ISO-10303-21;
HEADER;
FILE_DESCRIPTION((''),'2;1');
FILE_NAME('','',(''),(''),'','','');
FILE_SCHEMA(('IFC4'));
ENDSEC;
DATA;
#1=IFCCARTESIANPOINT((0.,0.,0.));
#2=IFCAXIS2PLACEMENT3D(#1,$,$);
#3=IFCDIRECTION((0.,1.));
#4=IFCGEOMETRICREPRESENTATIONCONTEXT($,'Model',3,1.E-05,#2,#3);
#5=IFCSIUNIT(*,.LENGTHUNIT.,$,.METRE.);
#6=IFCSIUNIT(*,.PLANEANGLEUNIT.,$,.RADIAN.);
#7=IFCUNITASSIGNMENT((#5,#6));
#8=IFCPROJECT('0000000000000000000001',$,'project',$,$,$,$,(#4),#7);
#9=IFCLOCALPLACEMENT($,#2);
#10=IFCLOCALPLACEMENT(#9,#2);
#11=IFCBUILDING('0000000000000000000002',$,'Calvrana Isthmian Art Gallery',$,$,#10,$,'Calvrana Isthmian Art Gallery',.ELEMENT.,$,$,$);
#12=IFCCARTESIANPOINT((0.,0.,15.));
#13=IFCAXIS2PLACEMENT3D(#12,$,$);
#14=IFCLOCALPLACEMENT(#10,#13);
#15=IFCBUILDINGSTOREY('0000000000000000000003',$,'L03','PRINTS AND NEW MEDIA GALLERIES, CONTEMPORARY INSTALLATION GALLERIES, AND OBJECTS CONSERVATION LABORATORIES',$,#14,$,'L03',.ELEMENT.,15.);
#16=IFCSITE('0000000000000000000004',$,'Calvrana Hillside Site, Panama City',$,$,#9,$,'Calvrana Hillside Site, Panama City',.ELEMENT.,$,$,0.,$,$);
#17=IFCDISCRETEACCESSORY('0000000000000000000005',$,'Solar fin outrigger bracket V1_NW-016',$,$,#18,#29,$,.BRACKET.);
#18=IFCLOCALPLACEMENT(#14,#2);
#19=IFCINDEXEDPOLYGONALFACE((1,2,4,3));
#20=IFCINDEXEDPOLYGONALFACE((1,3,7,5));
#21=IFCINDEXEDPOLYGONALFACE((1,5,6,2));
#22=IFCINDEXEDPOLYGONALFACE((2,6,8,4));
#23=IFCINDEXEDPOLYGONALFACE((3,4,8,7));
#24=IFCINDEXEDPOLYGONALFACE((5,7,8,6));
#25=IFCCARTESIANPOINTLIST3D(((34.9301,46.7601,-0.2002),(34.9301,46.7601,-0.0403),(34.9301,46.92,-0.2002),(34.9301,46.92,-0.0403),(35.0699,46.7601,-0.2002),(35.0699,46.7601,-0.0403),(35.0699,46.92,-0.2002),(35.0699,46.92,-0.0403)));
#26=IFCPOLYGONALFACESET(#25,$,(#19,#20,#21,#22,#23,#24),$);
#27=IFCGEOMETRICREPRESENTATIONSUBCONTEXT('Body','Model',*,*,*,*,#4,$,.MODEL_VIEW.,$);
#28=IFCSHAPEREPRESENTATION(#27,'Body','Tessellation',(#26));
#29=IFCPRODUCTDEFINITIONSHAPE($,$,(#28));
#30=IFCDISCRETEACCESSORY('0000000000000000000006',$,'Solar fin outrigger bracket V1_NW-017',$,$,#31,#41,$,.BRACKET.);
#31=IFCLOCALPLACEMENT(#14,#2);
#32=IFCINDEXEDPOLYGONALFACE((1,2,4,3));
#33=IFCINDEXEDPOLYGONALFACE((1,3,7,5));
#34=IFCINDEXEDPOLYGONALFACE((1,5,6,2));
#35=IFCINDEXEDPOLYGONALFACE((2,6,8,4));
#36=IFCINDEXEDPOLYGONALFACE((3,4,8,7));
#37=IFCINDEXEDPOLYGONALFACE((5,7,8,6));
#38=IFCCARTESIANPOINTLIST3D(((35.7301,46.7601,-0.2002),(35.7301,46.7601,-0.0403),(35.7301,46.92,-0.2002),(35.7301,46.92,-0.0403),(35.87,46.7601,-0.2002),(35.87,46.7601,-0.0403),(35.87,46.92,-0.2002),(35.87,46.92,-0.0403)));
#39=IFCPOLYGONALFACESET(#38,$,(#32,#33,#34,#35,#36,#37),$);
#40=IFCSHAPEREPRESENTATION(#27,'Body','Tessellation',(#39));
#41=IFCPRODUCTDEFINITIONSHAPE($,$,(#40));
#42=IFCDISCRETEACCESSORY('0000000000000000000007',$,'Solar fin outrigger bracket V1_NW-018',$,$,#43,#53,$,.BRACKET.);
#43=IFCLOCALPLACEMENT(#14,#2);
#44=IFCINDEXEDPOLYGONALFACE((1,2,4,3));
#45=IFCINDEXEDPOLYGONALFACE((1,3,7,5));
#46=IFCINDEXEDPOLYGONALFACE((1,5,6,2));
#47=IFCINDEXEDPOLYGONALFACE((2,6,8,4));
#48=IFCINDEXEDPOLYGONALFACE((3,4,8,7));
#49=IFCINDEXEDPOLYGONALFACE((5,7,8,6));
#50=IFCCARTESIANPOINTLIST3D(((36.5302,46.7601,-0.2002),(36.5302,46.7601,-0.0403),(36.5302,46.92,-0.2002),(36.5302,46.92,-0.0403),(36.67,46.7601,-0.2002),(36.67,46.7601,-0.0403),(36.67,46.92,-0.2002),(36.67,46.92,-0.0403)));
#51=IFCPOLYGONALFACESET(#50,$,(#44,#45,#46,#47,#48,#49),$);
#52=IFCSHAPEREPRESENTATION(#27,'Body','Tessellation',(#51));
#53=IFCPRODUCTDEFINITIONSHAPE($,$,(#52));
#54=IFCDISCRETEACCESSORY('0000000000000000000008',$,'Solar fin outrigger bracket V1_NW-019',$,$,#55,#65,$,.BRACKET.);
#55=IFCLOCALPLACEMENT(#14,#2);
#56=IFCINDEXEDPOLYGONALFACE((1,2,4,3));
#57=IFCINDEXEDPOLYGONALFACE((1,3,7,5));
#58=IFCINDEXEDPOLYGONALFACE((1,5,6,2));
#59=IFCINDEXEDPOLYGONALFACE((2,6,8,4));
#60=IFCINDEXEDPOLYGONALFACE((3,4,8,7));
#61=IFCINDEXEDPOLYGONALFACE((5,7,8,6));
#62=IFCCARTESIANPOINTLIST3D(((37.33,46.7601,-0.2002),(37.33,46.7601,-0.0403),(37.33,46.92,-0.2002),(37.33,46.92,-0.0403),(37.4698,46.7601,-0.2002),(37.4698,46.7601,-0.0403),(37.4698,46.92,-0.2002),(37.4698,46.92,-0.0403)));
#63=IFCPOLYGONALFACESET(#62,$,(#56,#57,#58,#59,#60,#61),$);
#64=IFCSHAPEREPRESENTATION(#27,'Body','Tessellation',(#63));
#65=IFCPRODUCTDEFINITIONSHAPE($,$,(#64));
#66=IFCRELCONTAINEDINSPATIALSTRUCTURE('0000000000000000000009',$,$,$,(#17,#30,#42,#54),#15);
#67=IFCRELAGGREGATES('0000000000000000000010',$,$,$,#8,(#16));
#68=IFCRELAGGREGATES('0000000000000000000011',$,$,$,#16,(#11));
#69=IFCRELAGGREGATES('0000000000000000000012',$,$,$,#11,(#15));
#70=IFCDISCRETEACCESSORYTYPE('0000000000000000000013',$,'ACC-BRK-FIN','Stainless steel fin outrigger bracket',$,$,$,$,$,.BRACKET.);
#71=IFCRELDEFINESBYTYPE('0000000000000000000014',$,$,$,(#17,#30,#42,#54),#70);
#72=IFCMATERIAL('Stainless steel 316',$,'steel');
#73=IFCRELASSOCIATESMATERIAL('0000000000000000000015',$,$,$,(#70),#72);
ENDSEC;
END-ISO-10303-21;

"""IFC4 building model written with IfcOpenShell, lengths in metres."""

from ifc_helpers import new_model, si_unit, direction, frame, origin, origin_2d, place, context, subcontext, project, spatial, rectangle, extrude, material, type_object, element, save


model = new_model("IFC4")

# Units and contexts
model_context = context("Model", 3, precision=1e-05, world=origin(), true_north=direction((0.0, 1.0)))
body_context = subcontext(model_context, "Body", "Model", "MODEL_VIEW")
ifc_project = project(units=[si_unit("LENGTHUNIT", "METRE"), si_unit("PLANEANGLEUNIT", "RADIAN")], contexts=[model_context])

# Site, building, storey
site_placement = place(None, origin())
site = spatial("IfcSite", under=ifc_project, at=site_placement, Name="Calvrana Hillside Site, Panama City", LongName="Calvrana Hillside Site, Panama City", CompositionType="ELEMENT", RefElevation=0.0)
building_placement = place(site_placement, origin())
building = spatial("IfcBuilding", under=site, at=building_placement, Name="Calvrana Isthmian Art Gallery", LongName="Calvrana Isthmian Art Gallery", CompositionType="ELEMENT")
storey_placement = place(building_placement, frame((0.0, 0.0, 15.0)))
storey = spatial("IfcBuildingStorey", under=building, at=storey_placement, Name="L03", Description="PRINTS AND NEW MEDIA GALLERIES, CONTEMPORARY INSTALLATION GALLERIES, AND OBJECTS CONSERVATION LABORATORIES", LongName="L03", CompositionType="ELEMENT", Elevation=15.0)

# Discrete accessories
ifc_material_1 = material(Name="Stainless steel 316", Category="steel")
discrete_accessory_type = type_object("IfcDiscreteAccessoryType", Name="ACC-BRK-FIN", Description="Stainless steel fin outrigger bracket", PredefinedType="BRACKET", material=ifc_material_1)
for number, where, z_axis, x_axis, name in (
    (1, (35.0, 46.8401, -0.2002), (0.0, 0.0, 1.0), (1.0, 0.0, 0.0), "Solar fin outrigger bracket V1_NW-016"),
    (2, (35.8, 46.8401, -0.2002), (0.0, 0.0, 1.0), (1.0, 0.0, 0.0), "Solar fin outrigger bracket V1_NW-017"),
    (3, (36.6001, 46.8401, -0.2002), (0.0, 0.0, 1.0), (1.0, 0.0, 0.0), "Solar fin outrigger bracket V1_NW-018"),
    (4, (37.3999, 46.8401, -0.2002), (0.0, 0.0, 1.0), (1.0, 0.0, 0.0), "Solar fin outrigger bracket V1_NW-019"),
):
    element("IfcDiscreteAccessory", number, at=place(storey_placement, frame(where, z_axis=z_axis, x_axis=x_axis)), inside=storey, type_object=discrete_accessory_type, Name=name, PredefinedType="BRACKET", context=body_context, shape_type="SweptSolid", body=[
        extrude(rectangle(XDim=0.1399, YDim=0.1599, at=origin_2d()), origin(), (0.0, 0.0, 1.0), 0.1599),
    ])

save(model, "model.ifc")
